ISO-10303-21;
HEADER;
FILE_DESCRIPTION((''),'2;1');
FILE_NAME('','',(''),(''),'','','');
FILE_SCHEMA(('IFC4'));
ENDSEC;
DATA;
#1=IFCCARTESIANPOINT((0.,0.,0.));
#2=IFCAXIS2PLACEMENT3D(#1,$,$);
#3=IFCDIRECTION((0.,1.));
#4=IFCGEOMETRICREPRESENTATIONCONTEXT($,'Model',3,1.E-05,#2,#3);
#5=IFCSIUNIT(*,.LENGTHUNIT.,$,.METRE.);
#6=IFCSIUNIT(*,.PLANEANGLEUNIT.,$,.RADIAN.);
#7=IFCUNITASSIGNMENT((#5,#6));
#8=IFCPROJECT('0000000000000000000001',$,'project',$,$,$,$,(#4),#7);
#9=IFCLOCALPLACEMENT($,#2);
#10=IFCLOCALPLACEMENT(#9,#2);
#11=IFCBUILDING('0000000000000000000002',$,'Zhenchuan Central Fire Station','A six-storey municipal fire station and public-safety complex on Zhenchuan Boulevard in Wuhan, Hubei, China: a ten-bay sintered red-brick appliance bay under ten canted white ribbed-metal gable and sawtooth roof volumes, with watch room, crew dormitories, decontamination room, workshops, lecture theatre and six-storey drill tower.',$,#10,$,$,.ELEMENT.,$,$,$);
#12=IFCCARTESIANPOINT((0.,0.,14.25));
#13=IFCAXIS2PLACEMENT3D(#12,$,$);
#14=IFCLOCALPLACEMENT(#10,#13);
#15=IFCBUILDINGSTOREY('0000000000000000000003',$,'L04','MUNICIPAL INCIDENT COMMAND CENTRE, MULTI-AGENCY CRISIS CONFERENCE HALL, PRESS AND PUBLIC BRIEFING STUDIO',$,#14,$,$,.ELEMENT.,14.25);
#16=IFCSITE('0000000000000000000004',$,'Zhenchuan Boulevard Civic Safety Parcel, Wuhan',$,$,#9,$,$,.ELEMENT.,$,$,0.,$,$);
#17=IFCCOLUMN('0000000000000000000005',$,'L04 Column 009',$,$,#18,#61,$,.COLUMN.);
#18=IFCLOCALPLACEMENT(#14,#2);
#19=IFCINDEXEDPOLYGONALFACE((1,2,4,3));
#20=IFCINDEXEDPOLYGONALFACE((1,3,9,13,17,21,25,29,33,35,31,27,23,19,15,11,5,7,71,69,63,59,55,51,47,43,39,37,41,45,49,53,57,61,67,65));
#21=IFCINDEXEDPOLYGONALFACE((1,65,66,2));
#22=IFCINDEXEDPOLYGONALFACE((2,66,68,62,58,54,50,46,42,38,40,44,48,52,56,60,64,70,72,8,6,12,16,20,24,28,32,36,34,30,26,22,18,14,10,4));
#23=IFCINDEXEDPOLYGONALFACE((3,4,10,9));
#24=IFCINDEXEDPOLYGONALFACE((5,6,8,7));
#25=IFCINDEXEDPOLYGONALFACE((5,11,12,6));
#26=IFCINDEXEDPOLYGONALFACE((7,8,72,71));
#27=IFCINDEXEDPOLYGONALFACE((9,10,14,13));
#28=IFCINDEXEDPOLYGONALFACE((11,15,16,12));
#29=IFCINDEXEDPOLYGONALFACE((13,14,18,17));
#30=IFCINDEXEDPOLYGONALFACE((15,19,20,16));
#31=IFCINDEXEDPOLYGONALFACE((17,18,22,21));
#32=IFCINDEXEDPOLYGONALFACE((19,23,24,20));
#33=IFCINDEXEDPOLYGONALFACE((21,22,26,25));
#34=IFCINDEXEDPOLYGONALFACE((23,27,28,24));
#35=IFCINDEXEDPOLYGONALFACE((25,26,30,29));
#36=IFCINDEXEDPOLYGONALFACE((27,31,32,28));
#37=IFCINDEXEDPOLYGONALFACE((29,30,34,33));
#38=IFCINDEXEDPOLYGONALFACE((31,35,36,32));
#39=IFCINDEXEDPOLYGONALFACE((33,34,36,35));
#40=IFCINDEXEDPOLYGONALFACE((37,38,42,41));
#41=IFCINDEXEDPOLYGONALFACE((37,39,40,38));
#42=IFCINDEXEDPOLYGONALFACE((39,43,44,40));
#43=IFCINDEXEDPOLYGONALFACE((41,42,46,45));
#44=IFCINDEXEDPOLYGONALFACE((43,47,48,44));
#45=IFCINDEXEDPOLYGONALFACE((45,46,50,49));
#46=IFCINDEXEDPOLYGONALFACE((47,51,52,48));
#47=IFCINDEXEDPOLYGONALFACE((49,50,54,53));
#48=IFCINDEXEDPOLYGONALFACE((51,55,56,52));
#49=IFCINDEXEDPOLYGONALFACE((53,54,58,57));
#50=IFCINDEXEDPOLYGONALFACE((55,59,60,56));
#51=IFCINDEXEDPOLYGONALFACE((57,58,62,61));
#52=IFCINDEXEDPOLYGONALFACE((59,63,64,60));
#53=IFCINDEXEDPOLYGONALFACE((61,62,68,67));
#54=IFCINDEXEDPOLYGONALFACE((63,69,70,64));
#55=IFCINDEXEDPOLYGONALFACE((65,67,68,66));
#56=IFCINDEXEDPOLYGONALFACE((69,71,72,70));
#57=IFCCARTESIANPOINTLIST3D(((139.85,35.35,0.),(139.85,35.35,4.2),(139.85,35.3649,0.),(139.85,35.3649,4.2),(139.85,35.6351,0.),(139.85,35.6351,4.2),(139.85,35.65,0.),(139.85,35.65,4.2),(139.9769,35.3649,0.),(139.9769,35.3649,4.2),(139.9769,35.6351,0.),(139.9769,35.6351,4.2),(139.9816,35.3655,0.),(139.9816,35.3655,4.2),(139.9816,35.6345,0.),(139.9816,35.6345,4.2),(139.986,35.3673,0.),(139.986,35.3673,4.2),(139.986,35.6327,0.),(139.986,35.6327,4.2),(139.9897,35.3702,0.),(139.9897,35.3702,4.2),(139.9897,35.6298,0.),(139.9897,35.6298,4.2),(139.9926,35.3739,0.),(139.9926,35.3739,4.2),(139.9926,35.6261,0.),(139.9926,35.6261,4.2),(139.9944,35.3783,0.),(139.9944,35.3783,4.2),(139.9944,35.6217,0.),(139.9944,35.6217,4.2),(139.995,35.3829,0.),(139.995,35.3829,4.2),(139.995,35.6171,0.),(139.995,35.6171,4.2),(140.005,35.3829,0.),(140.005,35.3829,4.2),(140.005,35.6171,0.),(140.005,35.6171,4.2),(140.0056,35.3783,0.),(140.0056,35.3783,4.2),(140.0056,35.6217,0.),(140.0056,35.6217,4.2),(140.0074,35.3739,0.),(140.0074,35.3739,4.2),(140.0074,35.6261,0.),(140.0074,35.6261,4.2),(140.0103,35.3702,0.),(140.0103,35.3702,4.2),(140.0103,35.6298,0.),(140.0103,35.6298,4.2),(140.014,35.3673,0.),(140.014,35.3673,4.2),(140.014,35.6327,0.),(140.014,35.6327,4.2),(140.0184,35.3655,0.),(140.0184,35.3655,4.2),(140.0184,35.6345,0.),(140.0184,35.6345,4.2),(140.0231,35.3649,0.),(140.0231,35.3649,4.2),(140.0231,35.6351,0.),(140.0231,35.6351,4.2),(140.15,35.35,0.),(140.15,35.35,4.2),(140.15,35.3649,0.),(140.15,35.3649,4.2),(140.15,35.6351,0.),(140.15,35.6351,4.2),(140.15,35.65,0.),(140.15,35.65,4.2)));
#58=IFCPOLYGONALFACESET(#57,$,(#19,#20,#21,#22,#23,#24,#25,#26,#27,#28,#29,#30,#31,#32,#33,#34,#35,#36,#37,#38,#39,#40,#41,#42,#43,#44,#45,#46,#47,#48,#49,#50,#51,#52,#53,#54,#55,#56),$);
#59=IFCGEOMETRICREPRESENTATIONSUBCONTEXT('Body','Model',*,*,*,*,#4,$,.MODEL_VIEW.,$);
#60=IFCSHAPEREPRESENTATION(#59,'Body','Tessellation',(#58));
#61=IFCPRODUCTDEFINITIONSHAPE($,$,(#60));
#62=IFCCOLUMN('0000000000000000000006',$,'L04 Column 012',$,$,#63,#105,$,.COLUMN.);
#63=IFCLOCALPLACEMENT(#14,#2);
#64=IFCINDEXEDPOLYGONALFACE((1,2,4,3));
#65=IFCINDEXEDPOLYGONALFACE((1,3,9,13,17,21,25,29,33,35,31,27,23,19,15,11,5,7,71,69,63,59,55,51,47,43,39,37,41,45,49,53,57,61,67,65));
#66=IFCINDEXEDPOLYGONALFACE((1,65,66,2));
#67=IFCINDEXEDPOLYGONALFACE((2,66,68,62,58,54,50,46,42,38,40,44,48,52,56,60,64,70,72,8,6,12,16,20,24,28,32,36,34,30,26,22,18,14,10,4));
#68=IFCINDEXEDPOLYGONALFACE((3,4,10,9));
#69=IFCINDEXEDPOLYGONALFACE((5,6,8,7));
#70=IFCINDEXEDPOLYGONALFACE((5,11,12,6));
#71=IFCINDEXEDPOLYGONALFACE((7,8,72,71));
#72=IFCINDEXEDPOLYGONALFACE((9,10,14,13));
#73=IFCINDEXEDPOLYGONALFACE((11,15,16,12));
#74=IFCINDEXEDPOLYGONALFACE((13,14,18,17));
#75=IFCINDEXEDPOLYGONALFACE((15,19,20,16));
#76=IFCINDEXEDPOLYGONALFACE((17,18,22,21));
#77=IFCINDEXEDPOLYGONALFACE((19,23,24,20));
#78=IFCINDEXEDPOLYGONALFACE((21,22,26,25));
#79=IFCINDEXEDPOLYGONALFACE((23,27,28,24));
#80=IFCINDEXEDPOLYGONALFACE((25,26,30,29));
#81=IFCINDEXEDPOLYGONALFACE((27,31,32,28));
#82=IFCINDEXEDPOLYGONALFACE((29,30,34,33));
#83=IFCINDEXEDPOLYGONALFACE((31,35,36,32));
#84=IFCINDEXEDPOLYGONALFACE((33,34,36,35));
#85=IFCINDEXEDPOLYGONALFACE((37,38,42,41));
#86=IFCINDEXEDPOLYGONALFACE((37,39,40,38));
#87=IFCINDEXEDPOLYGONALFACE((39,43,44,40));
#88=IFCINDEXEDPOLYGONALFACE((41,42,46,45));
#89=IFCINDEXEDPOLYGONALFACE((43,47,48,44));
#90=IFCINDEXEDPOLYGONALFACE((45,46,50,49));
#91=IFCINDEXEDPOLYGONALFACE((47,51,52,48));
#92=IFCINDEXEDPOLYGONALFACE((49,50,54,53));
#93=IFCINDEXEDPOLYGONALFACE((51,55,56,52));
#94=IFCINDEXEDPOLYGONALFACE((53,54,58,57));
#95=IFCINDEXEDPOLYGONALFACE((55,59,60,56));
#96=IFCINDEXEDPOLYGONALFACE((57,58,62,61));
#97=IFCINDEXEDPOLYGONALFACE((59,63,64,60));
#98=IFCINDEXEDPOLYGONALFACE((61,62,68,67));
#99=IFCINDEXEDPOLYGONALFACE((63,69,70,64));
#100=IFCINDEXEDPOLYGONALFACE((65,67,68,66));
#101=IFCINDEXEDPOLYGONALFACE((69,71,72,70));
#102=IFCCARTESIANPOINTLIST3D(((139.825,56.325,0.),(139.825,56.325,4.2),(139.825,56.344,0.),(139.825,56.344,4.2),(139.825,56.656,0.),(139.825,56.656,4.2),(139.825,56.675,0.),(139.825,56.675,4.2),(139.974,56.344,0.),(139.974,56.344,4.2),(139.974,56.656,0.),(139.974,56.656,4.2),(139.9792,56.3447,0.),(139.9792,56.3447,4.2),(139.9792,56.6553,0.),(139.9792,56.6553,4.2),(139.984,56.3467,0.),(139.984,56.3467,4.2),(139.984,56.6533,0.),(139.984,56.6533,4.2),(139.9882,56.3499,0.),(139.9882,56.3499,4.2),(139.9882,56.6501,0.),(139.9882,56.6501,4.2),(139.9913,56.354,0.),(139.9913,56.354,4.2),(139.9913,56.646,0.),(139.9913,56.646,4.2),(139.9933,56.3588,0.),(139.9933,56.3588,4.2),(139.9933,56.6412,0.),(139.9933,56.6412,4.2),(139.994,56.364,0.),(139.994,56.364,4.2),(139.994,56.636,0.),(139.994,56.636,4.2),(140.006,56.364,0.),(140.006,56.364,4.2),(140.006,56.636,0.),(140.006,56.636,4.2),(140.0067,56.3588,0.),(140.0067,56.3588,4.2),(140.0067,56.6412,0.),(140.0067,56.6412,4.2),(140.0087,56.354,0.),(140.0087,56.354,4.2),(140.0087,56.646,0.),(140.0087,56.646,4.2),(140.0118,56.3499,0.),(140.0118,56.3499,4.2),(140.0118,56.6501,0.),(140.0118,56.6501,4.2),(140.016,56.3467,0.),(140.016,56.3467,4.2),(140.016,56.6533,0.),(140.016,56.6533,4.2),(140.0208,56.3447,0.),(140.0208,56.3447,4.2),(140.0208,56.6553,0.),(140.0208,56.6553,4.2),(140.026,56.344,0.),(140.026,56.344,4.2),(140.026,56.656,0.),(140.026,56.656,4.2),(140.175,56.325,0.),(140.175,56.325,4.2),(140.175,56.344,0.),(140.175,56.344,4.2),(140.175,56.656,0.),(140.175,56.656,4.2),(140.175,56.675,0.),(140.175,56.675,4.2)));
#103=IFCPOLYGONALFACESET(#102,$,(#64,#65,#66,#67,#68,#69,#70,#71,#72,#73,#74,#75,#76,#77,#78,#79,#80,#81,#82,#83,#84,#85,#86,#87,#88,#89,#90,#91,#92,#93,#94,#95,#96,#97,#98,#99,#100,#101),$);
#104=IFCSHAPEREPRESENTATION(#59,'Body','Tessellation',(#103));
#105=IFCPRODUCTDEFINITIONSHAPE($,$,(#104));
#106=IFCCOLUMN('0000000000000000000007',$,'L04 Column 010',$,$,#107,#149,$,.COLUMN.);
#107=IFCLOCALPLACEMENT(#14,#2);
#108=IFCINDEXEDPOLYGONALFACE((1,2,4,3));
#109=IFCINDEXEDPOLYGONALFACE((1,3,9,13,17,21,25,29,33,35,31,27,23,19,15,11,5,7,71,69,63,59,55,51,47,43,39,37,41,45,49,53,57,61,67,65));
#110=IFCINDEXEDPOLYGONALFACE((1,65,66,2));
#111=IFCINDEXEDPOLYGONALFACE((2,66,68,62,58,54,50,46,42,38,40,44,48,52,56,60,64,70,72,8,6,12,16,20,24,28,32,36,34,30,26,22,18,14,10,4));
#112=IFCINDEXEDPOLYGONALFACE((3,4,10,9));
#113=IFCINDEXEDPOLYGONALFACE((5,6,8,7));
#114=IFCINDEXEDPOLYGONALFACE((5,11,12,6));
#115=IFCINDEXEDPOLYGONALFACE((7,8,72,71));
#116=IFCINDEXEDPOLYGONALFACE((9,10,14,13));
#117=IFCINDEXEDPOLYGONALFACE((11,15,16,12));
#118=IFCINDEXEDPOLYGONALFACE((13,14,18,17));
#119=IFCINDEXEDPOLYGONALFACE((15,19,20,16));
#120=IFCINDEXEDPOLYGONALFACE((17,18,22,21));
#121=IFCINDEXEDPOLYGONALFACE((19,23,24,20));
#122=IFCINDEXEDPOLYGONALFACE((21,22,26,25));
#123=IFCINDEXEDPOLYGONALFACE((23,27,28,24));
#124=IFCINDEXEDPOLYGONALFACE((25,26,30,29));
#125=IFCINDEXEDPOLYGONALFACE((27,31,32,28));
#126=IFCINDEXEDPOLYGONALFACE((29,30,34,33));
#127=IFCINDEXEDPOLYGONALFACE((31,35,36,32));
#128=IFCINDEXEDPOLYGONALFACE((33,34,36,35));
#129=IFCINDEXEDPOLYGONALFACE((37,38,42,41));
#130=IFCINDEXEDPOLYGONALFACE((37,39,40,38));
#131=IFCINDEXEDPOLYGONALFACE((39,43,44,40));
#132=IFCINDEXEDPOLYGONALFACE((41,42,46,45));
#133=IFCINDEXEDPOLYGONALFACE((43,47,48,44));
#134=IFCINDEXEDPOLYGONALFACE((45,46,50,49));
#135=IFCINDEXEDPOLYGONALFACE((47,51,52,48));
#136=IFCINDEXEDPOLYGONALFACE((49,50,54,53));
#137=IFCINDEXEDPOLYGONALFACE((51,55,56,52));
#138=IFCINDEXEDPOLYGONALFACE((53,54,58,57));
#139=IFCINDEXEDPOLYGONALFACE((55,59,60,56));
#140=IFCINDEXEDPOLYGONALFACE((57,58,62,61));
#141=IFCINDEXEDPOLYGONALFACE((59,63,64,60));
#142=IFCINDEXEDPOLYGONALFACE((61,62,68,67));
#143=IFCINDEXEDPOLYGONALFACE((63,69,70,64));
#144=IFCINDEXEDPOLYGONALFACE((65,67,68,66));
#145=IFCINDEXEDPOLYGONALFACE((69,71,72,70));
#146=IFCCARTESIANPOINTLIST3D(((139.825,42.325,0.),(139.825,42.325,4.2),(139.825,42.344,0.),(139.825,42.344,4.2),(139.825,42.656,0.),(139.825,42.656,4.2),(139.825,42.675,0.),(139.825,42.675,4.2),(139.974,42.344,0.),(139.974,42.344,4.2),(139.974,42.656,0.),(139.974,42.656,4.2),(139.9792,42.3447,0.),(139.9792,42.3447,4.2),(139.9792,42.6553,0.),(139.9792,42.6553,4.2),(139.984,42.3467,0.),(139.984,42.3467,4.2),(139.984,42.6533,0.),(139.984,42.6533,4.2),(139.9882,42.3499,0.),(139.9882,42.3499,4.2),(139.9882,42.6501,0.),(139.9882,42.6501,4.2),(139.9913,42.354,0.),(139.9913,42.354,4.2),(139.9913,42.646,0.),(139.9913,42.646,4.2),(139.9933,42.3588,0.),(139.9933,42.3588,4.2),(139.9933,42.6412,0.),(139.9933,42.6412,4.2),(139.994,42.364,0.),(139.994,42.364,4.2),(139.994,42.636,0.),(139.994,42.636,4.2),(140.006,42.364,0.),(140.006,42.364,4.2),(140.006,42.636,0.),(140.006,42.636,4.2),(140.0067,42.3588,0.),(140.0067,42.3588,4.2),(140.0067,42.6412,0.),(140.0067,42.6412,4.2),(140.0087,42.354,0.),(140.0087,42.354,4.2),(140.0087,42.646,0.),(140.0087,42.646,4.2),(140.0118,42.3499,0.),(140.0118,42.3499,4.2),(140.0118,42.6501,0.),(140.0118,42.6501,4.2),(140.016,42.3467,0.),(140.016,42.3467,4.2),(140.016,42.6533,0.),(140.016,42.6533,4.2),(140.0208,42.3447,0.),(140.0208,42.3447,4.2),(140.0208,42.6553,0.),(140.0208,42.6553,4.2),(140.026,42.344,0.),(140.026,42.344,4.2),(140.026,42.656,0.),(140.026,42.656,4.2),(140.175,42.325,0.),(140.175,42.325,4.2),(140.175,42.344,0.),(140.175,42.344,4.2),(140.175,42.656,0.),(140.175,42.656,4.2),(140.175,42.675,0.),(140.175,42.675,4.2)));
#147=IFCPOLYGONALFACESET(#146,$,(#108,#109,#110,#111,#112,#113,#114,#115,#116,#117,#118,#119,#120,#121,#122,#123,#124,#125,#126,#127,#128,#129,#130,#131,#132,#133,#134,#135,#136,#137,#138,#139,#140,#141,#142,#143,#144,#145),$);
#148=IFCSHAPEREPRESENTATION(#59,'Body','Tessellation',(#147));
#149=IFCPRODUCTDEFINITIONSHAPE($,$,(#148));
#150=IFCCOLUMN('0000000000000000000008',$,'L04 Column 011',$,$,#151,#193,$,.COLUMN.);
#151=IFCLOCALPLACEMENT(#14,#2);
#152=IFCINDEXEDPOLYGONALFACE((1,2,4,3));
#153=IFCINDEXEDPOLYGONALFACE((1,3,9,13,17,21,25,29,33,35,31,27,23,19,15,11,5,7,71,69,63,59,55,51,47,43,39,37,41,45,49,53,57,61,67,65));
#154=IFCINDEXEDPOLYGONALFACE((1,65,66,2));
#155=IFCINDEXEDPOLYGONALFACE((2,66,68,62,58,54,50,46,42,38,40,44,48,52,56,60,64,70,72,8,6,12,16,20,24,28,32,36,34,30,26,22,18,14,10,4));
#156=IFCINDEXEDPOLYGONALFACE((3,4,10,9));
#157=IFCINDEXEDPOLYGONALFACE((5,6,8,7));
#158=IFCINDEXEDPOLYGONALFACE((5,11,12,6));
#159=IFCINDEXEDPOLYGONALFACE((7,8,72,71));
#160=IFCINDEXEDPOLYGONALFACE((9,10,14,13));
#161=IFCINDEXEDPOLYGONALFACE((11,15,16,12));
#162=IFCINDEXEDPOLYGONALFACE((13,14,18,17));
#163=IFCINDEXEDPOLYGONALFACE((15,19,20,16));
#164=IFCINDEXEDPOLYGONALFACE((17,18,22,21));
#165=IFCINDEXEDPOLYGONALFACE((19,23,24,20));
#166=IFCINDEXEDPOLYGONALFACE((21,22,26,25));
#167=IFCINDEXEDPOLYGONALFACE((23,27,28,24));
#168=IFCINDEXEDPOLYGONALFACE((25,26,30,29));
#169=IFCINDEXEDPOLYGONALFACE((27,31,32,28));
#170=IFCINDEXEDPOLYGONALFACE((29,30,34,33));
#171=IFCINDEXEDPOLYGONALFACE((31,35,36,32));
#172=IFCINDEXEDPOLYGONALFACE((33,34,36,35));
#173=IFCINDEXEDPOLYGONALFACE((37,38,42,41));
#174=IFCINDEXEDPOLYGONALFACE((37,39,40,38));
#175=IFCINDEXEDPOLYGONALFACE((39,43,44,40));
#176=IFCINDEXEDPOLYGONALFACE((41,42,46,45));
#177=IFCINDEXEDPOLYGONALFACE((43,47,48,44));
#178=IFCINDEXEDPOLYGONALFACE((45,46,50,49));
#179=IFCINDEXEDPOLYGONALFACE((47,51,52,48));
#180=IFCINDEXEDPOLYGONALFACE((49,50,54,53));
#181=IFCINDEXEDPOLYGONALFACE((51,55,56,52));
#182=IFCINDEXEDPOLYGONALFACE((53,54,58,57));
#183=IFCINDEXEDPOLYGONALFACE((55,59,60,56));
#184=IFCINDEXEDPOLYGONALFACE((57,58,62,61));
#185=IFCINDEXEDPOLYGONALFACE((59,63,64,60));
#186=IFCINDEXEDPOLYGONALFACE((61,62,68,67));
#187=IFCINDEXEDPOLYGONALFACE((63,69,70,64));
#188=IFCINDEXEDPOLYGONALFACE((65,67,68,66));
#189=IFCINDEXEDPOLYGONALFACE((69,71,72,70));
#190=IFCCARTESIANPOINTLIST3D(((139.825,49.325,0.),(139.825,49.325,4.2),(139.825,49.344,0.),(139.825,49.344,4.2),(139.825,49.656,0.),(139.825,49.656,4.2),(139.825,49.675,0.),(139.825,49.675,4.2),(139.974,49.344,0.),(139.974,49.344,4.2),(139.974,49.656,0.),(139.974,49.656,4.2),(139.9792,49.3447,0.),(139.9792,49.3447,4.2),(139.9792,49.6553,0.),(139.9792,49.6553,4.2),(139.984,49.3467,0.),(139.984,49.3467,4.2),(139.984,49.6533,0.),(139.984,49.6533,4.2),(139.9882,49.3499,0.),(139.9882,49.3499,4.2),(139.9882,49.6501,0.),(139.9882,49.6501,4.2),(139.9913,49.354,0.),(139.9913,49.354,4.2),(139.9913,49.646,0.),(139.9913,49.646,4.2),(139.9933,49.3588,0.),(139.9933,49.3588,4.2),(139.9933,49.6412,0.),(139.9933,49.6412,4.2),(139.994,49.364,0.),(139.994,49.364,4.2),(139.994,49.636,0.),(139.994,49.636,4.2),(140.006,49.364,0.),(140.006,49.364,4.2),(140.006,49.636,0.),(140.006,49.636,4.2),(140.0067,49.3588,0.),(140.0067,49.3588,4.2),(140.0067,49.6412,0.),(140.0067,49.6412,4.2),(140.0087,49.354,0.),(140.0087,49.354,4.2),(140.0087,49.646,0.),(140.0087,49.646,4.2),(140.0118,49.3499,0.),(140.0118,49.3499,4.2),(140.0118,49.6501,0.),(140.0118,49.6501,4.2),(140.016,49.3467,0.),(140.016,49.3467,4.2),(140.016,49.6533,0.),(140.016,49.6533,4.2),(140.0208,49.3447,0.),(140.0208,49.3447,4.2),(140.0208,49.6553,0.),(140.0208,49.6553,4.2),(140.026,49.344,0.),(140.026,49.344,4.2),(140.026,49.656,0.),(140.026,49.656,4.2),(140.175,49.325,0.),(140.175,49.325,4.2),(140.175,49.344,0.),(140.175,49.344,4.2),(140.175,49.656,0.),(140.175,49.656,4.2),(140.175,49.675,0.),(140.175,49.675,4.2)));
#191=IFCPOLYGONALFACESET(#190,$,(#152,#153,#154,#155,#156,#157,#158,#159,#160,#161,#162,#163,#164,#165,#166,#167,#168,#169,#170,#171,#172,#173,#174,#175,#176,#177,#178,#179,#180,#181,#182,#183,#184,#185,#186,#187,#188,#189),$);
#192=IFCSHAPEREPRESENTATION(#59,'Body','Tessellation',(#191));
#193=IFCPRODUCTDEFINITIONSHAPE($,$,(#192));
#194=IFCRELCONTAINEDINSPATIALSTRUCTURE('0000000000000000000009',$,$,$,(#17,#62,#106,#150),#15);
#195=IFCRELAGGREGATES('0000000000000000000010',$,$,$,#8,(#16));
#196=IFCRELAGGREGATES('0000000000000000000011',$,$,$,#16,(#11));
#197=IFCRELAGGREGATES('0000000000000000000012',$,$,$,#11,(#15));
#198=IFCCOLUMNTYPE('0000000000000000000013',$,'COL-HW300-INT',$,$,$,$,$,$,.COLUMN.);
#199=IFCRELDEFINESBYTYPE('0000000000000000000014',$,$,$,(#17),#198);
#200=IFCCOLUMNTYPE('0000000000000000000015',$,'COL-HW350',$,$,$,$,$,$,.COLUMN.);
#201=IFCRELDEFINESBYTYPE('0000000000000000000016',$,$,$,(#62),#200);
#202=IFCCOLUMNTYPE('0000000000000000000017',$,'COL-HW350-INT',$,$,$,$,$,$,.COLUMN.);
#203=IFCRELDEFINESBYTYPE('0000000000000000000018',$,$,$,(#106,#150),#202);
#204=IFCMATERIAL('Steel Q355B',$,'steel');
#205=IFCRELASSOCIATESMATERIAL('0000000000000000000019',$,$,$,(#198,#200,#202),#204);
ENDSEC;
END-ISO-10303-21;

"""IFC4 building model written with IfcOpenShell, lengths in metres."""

from ifc_helpers import new_model, si_unit, direction, frame, origin, origin_2d, place, context, subcontext, project, spatial, i_section, extrude, material, material_profile, profile_set, type_object, element, save


model = new_model("IFC4")

# Units and contexts
model_context = context("Model", 3, precision=1e-05, world=origin(), true_north=direction((0.0, 1.0)))
body_context = subcontext(model_context, "Body", "Model", "MODEL_VIEW")
ifc_project = project(units=[si_unit("LENGTHUNIT", "METRE"), si_unit("PLANEANGLEUNIT", "RADIAN")], contexts=[model_context])

# Site, building, storey
site_placement = place(None, origin())
site = spatial("IfcSite", under=ifc_project, at=site_placement, Name="Zhenchuan Boulevard Civic Safety Parcel, Wuhan", CompositionType="ELEMENT", RefElevation=0.0)
building_placement = place(site_placement, origin())
building = spatial("IfcBuilding", under=site, at=building_placement, Name="Zhenchuan Central Fire Station", Description="A six-storey municipal fire station and public-safety complex on Zhenchuan Boulevard in Wuhan, Hubei, China: a ten-bay sintered red-brick appliance bay under ten canted white ribbed-metal gable and sawtooth roof volumes, with watch room, crew dormitories, decontamination room, workshops, lecture theatre and six-storey drill tower.", CompositionType="ELEMENT")
storey_placement = place(building_placement, frame((0.0, 0.0, 14.25)))
storey = spatial("IfcBuildingStorey", under=building, at=storey_placement, Name="L04", Description="MUNICIPAL INCIDENT COMMAND CENTRE, MULTI-AGENCY CRISIS CONFERENCE HALL, PRESS AND PUBLIC BRIEFING STUDIO", CompositionType="ELEMENT", Elevation=14.25)

# Columns
ifc_material_1 = material(Name="Steel Q355B", Category="steel")
ifc_material_profile_1 = material_profile(ifc_material_1, i_section(OverallWidth=0.3, OverallDepth=0.3, WebThickness=0.01, FlangeThickness=0.0149, FilletRadius=0.0181, at=origin_2d()), Name="HW 300x300")
ifc_profile_set_1 = profile_set([ifc_material_profile_1], Name="Steel Q355B")
column_type_1 = type_object("IfcColumnType", Name="COL-HW300-INT", PredefinedType="COLUMN", material=ifc_profile_set_1)
for number, where, z_axis, x_axis, name in (
    (1, (140.0, 35.5, 0.0), (0.0, 0.0, 1.0), (1.0, 0.0, 0.0), "L04 Column 009"),
):
    element("IfcColumn", number, at=place(storey_placement, frame(where, z_axis=z_axis, x_axis=x_axis)), inside=storey, type_object=column_type_1, Name=name, PredefinedType="COLUMN", context=body_context, shape_type="SweptSolid", body=[
        extrude(i_section(OverallWidth=0.3, OverallDepth=0.3, WebThickness=0.01, FlangeThickness=0.0149, FilletRadius=0.0181, at=origin_2d()), origin(), (0.0, 0.0, 1.0), 4.2),
    ])
ifc_material_profile_2 = material_profile(ifc_material_1, i_section(OverallWidth=0.3501, OverallDepth=0.3501, WebThickness=0.012, FlangeThickness=0.019, FilletRadius=0.02, at=origin_2d()), Name="HW 350x350")
ifc_profile_set_2 = profile_set([ifc_material_profile_2], Name="Steel Q355B")
column_type_2 = type_object("IfcColumnType", Name="COL-HW350", PredefinedType="COLUMN", material=ifc_profile_set_2)
column_placement = place(storey_placement, frame((140.0, 56.5, 0.0), z_axis=(0.0, 0.0, 1.0), x_axis=(1.0, 0.0, 0.0)))
element("IfcColumn", 2, at=column_placement, inside=storey, type_object=column_type_2, Name="L04 Column 012", PredefinedType="COLUMN", context=body_context, shape_type="SweptSolid", body=[
    extrude(i_section(OverallWidth=0.3501, OverallDepth=0.3501, WebThickness=0.012, FlangeThickness=0.019, FilletRadius=0.02, at=origin_2d()), origin(), (0.0, 0.0, 1.0), 4.2),
])
ifc_material_profile_3 = material_profile(ifc_material_1, i_section(OverallWidth=0.3501, OverallDepth=0.3501, WebThickness=0.012, FlangeThickness=0.019, FilletRadius=0.02, at=origin_2d()), Name="HW 350x350")
ifc_profile_set_3 = profile_set([ifc_material_profile_3], Name="Steel Q355B")
column_type_3 = type_object("IfcColumnType", Name="COL-HW350-INT", PredefinedType="COLUMN", material=ifc_profile_set_3)
for number, where, z_axis, x_axis, name in (
    (3, (140.0, 42.5, 0.0), (0.0, 0.0, 1.0), (1.0, 0.0, 0.0), "L04 Column 010"),
    (4, (140.0, 49.5, 0.0), (0.0, 0.0, 1.0), (1.0, 0.0, 0.0), "L04 Column 011"),
):
    element("IfcColumn", number, at=place(storey_placement, frame(where, z_axis=z_axis, x_axis=x_axis)), inside=storey, type_object=column_type_3, Name=name, PredefinedType="COLUMN", context=body_context, shape_type="SweptSolid", body=[
        extrude(i_section(OverallWidth=0.3501, OverallDepth=0.3501, WebThickness=0.012, FlangeThickness=0.019, FilletRadius=0.02, at=origin_2d()), origin(), (0.0, 0.0, 1.0), 4.2),
    ])

save(model, "model.ifc")
